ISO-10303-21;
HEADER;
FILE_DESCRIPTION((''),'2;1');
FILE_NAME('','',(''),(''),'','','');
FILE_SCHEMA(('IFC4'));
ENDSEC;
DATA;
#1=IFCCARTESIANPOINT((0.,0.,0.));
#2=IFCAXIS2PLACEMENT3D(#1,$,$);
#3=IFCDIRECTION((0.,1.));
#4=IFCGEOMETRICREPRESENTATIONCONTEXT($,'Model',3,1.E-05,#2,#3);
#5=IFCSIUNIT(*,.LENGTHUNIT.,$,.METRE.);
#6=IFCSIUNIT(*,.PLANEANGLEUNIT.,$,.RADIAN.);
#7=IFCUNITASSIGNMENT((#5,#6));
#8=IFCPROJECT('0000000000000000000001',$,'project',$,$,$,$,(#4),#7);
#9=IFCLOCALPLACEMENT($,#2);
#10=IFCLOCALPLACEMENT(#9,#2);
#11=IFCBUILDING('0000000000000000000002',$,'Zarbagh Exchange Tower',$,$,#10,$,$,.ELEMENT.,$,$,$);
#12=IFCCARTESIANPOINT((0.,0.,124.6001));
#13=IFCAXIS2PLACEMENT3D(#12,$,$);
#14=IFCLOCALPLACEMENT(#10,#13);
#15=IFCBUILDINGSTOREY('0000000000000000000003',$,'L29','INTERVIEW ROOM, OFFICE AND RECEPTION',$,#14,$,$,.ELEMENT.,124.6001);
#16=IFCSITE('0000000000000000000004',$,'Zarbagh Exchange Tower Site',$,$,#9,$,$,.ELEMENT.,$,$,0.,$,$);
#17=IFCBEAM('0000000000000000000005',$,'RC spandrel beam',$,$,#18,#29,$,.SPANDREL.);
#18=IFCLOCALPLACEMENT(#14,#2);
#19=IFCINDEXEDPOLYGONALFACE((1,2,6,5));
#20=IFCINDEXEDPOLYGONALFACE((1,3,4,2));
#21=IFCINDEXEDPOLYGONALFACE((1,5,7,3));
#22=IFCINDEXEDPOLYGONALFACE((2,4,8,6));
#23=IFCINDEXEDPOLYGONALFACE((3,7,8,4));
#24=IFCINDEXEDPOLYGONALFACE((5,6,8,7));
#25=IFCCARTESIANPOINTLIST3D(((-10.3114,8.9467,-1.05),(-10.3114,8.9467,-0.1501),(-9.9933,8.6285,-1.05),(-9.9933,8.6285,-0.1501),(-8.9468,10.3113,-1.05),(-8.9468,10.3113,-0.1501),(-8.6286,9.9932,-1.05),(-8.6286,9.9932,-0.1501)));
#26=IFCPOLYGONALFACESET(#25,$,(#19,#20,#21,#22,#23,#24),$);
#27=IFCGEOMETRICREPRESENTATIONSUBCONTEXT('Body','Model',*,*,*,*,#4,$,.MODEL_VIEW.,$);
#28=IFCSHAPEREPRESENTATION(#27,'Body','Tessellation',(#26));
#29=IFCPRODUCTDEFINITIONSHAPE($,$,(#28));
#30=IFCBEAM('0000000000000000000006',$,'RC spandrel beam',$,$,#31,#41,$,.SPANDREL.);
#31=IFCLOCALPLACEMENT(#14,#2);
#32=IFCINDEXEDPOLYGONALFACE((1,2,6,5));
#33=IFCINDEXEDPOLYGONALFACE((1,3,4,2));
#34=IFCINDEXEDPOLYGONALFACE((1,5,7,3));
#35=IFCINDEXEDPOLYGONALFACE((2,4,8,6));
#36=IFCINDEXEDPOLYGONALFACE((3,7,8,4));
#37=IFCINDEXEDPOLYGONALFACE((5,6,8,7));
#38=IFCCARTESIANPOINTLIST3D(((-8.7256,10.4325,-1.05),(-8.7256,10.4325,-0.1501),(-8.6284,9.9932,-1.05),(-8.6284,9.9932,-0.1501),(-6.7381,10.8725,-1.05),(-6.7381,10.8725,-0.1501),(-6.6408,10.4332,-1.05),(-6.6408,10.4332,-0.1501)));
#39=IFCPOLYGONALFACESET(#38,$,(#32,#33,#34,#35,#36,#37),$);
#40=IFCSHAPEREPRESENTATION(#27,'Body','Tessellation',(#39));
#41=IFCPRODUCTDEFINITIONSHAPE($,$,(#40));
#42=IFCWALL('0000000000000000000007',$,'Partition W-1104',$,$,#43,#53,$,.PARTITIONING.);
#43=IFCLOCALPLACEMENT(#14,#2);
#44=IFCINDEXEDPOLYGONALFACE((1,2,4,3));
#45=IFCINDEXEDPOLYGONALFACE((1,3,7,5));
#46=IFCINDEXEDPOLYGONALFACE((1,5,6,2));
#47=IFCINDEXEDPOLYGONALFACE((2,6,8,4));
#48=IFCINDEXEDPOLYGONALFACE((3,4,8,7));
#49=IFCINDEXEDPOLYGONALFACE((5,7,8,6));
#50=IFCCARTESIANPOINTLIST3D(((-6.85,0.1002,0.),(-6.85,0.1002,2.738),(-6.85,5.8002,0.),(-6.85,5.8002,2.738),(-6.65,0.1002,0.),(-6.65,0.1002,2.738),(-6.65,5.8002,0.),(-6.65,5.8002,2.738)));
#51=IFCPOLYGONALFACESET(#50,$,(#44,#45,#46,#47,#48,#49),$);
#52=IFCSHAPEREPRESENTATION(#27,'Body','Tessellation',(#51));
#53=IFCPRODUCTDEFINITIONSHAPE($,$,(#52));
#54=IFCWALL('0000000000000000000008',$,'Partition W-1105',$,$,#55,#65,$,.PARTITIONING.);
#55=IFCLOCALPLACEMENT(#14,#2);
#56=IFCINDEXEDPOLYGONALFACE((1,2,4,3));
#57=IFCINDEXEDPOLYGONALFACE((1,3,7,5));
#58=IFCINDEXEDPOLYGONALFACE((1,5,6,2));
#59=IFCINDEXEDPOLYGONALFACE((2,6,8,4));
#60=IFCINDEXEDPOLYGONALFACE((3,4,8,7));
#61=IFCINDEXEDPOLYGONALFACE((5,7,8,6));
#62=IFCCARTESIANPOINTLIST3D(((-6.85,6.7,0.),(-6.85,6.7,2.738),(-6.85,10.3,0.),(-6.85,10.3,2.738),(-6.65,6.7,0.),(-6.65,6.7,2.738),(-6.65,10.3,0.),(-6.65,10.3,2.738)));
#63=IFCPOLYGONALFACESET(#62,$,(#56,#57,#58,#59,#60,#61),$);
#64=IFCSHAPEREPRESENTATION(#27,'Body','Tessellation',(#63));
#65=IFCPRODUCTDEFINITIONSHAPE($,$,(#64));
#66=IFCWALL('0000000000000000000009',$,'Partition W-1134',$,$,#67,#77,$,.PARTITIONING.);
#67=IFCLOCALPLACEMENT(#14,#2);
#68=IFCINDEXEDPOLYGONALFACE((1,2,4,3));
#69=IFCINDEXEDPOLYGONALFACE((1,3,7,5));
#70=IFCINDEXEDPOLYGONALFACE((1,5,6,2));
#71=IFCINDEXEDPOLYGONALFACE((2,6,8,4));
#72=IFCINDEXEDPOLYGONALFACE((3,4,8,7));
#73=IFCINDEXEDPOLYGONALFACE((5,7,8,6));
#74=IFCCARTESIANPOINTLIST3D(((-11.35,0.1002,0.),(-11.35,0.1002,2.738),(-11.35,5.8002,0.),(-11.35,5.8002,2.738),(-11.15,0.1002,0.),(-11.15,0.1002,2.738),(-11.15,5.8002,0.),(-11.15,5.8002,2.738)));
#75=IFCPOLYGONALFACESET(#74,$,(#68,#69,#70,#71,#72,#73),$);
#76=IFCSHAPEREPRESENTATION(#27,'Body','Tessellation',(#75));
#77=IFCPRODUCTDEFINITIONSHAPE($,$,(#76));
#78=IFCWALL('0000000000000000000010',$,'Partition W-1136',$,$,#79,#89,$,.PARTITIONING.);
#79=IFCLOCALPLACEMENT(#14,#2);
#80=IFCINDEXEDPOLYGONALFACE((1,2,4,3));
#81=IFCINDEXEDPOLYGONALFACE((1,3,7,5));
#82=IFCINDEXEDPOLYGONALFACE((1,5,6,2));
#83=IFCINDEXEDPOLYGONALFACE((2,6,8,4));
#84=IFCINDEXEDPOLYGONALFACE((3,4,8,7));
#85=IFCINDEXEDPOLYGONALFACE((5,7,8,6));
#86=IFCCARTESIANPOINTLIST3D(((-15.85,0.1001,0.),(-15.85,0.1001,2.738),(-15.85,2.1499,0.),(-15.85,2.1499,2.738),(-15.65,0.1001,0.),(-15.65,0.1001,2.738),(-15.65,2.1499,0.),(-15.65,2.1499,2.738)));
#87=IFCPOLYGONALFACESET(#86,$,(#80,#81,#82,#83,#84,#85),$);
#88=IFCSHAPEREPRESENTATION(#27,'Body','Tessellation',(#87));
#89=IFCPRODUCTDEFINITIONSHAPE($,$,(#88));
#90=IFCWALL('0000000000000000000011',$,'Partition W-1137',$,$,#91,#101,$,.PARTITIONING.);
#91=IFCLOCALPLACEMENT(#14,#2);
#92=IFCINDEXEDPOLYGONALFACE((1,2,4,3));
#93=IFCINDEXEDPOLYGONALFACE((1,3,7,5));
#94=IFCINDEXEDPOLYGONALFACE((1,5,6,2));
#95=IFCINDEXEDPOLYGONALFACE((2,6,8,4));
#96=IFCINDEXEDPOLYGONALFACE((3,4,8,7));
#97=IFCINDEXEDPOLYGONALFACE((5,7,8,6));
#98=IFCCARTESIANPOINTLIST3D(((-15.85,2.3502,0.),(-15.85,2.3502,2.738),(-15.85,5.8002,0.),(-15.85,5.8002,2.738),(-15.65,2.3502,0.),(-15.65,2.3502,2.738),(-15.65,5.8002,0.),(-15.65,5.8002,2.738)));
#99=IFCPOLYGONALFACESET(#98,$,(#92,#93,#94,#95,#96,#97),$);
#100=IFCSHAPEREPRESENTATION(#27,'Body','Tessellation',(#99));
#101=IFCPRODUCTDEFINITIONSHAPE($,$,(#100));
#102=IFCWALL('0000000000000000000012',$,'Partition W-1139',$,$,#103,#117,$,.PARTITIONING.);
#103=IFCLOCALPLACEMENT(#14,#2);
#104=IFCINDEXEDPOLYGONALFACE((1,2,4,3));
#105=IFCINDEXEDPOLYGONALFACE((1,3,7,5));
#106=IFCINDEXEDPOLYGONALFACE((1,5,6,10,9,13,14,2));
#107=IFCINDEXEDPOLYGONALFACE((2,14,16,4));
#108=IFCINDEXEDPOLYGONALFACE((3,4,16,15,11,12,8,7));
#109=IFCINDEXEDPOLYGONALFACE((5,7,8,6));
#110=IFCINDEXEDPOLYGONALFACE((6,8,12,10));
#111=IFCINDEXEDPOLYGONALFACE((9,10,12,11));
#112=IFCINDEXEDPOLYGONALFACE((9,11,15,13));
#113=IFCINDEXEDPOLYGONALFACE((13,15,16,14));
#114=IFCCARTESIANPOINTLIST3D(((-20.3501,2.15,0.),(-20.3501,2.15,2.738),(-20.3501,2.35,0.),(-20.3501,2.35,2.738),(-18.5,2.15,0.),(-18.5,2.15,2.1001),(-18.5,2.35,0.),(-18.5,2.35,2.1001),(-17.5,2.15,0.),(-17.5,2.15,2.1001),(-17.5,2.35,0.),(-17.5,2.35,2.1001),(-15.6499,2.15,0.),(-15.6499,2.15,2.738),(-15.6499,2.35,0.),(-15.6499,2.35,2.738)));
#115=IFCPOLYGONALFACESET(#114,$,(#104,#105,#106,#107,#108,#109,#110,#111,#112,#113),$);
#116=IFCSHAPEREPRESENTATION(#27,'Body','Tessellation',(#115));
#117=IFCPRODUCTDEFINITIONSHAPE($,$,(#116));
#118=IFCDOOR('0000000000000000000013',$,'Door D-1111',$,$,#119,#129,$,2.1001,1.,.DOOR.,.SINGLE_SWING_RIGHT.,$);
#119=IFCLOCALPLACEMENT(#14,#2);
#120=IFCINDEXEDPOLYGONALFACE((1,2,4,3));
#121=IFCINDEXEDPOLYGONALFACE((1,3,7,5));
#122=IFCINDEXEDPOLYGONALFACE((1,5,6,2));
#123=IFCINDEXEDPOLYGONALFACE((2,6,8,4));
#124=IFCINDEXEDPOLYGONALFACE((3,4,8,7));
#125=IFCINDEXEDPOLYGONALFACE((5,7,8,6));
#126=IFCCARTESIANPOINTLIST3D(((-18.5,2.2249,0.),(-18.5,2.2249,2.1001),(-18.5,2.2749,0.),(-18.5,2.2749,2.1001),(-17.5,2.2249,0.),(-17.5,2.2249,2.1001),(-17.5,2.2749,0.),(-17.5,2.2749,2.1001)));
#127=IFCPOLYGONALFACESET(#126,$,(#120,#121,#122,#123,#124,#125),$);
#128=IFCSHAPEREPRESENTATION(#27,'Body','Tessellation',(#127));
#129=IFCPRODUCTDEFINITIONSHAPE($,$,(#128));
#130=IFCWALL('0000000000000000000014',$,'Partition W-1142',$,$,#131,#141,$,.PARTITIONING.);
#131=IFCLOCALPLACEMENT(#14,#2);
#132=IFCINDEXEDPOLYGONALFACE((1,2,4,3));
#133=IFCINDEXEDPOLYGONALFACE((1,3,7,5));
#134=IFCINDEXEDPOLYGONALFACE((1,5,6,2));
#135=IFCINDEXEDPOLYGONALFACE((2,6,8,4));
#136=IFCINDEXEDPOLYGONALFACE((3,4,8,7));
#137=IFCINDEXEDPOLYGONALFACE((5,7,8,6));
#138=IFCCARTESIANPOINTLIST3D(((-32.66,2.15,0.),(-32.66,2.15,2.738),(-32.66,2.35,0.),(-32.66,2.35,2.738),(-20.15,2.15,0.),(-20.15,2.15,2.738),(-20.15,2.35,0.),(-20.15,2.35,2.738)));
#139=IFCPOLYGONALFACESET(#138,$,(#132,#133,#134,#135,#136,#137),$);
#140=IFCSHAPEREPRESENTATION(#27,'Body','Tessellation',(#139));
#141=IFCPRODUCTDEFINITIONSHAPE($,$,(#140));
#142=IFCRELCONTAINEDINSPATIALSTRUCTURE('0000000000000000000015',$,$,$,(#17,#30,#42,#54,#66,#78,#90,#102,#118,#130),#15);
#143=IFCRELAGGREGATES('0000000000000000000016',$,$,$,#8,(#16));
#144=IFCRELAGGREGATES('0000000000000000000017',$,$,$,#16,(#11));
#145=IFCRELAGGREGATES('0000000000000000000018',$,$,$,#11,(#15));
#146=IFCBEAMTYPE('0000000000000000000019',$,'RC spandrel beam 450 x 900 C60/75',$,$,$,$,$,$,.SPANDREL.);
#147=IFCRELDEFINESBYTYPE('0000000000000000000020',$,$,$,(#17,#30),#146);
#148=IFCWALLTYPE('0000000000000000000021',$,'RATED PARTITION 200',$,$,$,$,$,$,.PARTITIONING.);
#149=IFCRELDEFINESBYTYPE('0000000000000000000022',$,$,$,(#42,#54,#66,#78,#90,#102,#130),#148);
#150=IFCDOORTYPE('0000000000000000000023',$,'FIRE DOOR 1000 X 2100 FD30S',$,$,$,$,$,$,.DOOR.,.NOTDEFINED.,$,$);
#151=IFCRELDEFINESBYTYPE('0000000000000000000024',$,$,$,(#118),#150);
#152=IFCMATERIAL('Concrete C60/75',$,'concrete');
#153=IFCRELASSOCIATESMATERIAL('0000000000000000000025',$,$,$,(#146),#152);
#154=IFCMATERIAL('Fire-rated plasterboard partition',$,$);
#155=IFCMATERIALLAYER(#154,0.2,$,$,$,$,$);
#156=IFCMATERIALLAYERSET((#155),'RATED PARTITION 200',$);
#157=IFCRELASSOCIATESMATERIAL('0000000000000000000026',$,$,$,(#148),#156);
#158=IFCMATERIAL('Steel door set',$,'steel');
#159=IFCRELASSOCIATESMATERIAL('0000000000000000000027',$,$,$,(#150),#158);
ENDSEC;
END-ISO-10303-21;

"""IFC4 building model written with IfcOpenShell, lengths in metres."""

from ifc_helpers import new_model, si_unit, direction, frame, frame_2d, origin, origin_2d, place, context, subcontext, project, spatial, rectangle, extrude, material, layer, layer_set, material_profile, profile_set, type_object, element, fill, save


model = new_model("IFC4")

# Units and contexts
model_context = context("Model", 3, precision=1e-05, world=origin(), true_north=direction((0.0, 1.0)))
body_context = subcontext(model_context, "Body", "Model", "MODEL_VIEW")
ifc_project = project(units=[si_unit("LENGTHUNIT", "METRE"), si_unit("PLANEANGLEUNIT", "RADIAN")], contexts=[model_context])

# Site, building, storey
site_placement = place(None, origin())
site = spatial("IfcSite", under=ifc_project, at=site_placement, Name="Zarbagh Exchange Tower Site", CompositionType="ELEMENT", RefElevation=0.0)
building_placement = place(site_placement, origin())
building = spatial("IfcBuilding", under=site, at=building_placement, Name="Zarbagh Exchange Tower", CompositionType="ELEMENT")
storey_placement = place(building_placement, frame((0.0, 0.0, 124.6001)))
storey = spatial("IfcBuildingStorey", under=building, at=storey_placement, Name="L29", Description="INTERVIEW ROOM, OFFICE AND RECEPTION", CompositionType="ELEMENT", Elevation=124.6001)

# Shared definitions
ifc_material_1 = material(Name="Concrete C60/75", Category="concrete")

# Beams
ifc_material_profile_1 = material_profile(ifc_material_1, rectangle(XDim=0.45, YDim=0.8999, at=origin_2d()), Name="RC spandrel beam 450 x 900 C60/75")
ifc_profile_set_1 = profile_set([ifc_material_profile_1], Name="Concrete C60/75")
beam_type_1 = type_object("IfcBeamType", Name="RC spandrel beam 450 x 900 C60/75", PredefinedType="SPANDREL", material=ifc_profile_set_1)
beam_1_placement = place(storey_placement, frame((-10.1523, 8.7876, -0.6001), z_axis=(0.707107, 0.707107, 0.0), x_axis=(-0.707107, 0.707107, 0.0)))
element("IfcBeam", 1, at=beam_1_placement, inside=storey, type_object=beam_type_1, Name="RC spandrel beam", PredefinedType="SPANDREL", context=body_context, shape_type="SweptSolid", body=[
    extrude(rectangle(XDim=0.45, YDim=0.8999, at=origin_2d()), origin(), (0.0, 0.0, 1.0), 1.9299),
])
beam_2_placement = place(storey_placement, frame((-8.677, 10.2129, -0.6001), z_axis=(0.976367, 0.216118, 0.0), x_axis=(-0.216118, 0.976367, 0.0)))
element("IfcBeam", 2, at=beam_2_placement, inside=storey, type_object=beam_type_1, Name="RC spandrel beam", PredefinedType="SPANDREL", context=body_context, shape_type="SweptSolid", body=[
    extrude(rectangle(XDim=0.45, YDim=0.8999, at=origin_2d()), origin(), (0.0, 0.0, 1.0), 2.0356),
])

# Walls
ifc_material_2 = material(Name="Fire-rated plasterboard partition")
ifc_layer = layer(ifc_material_2, 0.2)
ifc_layer_set = layer_set([ifc_layer], Name="RATED PARTITION 200")
wall_type = type_object("IfcWallType", Name="RATED PARTITION 200", PredefinedType="PARTITIONING", material=ifc_layer_set)
wall_1_placement = place(storey_placement, frame((-6.75, 0.1001, 0.0), z_axis=(0.0, 0.0, 1.0), x_axis=(0.0, 1.0, 0.0)))
element("IfcWall", 3, at=wall_1_placement, inside=storey, type_object=wall_type, Name="Partition W-1104", PredefinedType="PARTITIONING", context=body_context, shape_type="SweptSolid", body=[
    extrude(rectangle(XDim=5.7, YDim=0.2, at=frame_2d((2.8501, 0.0))), origin(), (0.0, 0.0, 1.0), 2.738),
])
wall_2_placement = place(storey_placement, frame((-6.75, 6.7, 0.0), z_axis=(0.0, 0.0, 1.0), x_axis=(0.0, 1.0, 0.0)))
element("IfcWall", 4, at=wall_2_placement, inside=storey, type_object=wall_type, Name="Partition W-1105", PredefinedType="PARTITIONING", context=body_context, shape_type="SweptSolid", body=[
    extrude(rectangle(XDim=3.6001, YDim=0.2, at=frame_2d((1.8, 0.0))), origin(), (0.0, 0.0, 1.0), 2.738),
])
wall_3_placement = place(storey_placement, frame((-11.25, 0.1001, 0.0), z_axis=(0.0, 0.0, 1.0), x_axis=(0.0, 1.0, 0.0)))
element("IfcWall", 5, at=wall_3_placement, inside=storey, type_object=wall_type, Name="Partition W-1134", PredefinedType="PARTITIONING", context=body_context, shape_type="SweptSolid", body=[
    extrude(rectangle(XDim=5.7, YDim=0.2, at=frame_2d((2.8501, 0.0))), origin(), (0.0, 0.0, 1.0), 2.738),
])
wall_4_placement = place(storey_placement, frame((-15.75, 0.1001, 0.0), z_axis=(0.0, 0.0, 1.0), x_axis=(0.0, 1.0, 0.0)))
element("IfcWall", 6, at=wall_4_placement, inside=storey, type_object=wall_type, Name="Partition W-1136", PredefinedType="PARTITIONING", context=body_context, shape_type="SweptSolid", body=[
    extrude(rectangle(XDim=2.0498, YDim=0.2, at=frame_2d((1.0249, 0.0))), origin(), (0.0, 0.0, 1.0), 2.738),
])
wall_5_placement = place(storey_placement, frame((-15.75, 2.3501, 0.0), z_axis=(0.0, 0.0, 1.0), x_axis=(0.0, 1.0, 0.0)))
element("IfcWall", 7, at=wall_5_placement, inside=storey, type_object=wall_type, Name="Partition W-1137", PredefinedType="PARTITIONING", context=body_context, shape_type="SweptSolid", body=[
    extrude(rectangle(XDim=3.45, YDim=0.2, at=frame_2d((1.7251, 0.0))), origin(), (0.0, 0.0, 1.0), 2.738),
])

# Wall, opening, door
wall_6_placement = place(storey_placement, frame((-20.3501, 2.25, 0.0), z_axis=(0.0, 0.0, 1.0), x_axis=(1.0, 0.0, 0.0)))
wall_6 = element("IfcWall", 8, at=wall_6_placement, inside=storey, type_object=wall_type, Name="Partition W-1139", PredefinedType="PARTITIONING", context=body_context, shape_type="SweptSolid", body=[
    extrude(rectangle(XDim=4.7002, YDim=0.2, at=frame_2d((2.3501, 0.0))), origin(), (0.0, 0.0, 1.0), 2.738),
])
opening_placement = place(wall_6_placement, frame((1.8501, 0.0, 0.0)))
opening = element("IfcOpeningElement", 9, at=opening_placement, cuts=wall_6, PredefinedType="OPENING", context=body_context, shape_type="SweptSolid", body=[
    extrude(rectangle(XDim=1.0, YDim=2.1001, at=frame_2d((0.5, 1.05))), frame((0.0, 0.1099, 0.0), z_axis=(0.0, -1.0, 0.0), x_axis=(1.0, 0.0, 0.0)), (0.0, 0.0, 1.0), 0.22),
])
ifc_material_3 = material(Name="Steel door set", Category="steel")
door_type = type_object("IfcDoorType", Name="FIRE DOOR 1000 X 2100 FD30S", OperationType="NOTDEFINED", PredefinedType="DOOR", material=ifc_material_3)
door_placement = place(opening_placement, origin())
door = element("IfcDoor", 10, at=door_placement, inside=storey, type_object=door_type, Name="Door D-1111", OperationType="SINGLE_SWING_RIGHT", OverallHeight=2.1001, OverallWidth=1.0, PredefinedType="DOOR", context=body_context, shape_type="SweptSolid", body=[
    extrude(rectangle(XDim=1.0, YDim=2.1001, at=frame_2d((0.5, 1.05))), frame((0.0, 0.0249, 0.0), z_axis=(0.0, -1.0, 0.0), x_axis=(1.0, 0.0, 0.0)), (0.0, 0.0, 1.0), 0.05),
])
fill(opening, door)

# Wall
wall_7_placement = place(storey_placement, frame((-32.6599, 2.25, 0.0), z_axis=(0.0, 0.0, 1.0), x_axis=(1.0, 0.0, 0.0)))
element("IfcWall", 11, at=wall_7_placement, inside=storey, type_object=wall_type, Name="Partition W-1142", PredefinedType="PARTITIONING", context=body_context, shape_type="SweptSolid", body=[
    extrude(rectangle(XDim=12.51, YDim=0.2, at=frame_2d((6.2549, 0.0))), origin(), (0.0, 0.0, 1.0), 2.738),
])

save(model, "model.ifc")
